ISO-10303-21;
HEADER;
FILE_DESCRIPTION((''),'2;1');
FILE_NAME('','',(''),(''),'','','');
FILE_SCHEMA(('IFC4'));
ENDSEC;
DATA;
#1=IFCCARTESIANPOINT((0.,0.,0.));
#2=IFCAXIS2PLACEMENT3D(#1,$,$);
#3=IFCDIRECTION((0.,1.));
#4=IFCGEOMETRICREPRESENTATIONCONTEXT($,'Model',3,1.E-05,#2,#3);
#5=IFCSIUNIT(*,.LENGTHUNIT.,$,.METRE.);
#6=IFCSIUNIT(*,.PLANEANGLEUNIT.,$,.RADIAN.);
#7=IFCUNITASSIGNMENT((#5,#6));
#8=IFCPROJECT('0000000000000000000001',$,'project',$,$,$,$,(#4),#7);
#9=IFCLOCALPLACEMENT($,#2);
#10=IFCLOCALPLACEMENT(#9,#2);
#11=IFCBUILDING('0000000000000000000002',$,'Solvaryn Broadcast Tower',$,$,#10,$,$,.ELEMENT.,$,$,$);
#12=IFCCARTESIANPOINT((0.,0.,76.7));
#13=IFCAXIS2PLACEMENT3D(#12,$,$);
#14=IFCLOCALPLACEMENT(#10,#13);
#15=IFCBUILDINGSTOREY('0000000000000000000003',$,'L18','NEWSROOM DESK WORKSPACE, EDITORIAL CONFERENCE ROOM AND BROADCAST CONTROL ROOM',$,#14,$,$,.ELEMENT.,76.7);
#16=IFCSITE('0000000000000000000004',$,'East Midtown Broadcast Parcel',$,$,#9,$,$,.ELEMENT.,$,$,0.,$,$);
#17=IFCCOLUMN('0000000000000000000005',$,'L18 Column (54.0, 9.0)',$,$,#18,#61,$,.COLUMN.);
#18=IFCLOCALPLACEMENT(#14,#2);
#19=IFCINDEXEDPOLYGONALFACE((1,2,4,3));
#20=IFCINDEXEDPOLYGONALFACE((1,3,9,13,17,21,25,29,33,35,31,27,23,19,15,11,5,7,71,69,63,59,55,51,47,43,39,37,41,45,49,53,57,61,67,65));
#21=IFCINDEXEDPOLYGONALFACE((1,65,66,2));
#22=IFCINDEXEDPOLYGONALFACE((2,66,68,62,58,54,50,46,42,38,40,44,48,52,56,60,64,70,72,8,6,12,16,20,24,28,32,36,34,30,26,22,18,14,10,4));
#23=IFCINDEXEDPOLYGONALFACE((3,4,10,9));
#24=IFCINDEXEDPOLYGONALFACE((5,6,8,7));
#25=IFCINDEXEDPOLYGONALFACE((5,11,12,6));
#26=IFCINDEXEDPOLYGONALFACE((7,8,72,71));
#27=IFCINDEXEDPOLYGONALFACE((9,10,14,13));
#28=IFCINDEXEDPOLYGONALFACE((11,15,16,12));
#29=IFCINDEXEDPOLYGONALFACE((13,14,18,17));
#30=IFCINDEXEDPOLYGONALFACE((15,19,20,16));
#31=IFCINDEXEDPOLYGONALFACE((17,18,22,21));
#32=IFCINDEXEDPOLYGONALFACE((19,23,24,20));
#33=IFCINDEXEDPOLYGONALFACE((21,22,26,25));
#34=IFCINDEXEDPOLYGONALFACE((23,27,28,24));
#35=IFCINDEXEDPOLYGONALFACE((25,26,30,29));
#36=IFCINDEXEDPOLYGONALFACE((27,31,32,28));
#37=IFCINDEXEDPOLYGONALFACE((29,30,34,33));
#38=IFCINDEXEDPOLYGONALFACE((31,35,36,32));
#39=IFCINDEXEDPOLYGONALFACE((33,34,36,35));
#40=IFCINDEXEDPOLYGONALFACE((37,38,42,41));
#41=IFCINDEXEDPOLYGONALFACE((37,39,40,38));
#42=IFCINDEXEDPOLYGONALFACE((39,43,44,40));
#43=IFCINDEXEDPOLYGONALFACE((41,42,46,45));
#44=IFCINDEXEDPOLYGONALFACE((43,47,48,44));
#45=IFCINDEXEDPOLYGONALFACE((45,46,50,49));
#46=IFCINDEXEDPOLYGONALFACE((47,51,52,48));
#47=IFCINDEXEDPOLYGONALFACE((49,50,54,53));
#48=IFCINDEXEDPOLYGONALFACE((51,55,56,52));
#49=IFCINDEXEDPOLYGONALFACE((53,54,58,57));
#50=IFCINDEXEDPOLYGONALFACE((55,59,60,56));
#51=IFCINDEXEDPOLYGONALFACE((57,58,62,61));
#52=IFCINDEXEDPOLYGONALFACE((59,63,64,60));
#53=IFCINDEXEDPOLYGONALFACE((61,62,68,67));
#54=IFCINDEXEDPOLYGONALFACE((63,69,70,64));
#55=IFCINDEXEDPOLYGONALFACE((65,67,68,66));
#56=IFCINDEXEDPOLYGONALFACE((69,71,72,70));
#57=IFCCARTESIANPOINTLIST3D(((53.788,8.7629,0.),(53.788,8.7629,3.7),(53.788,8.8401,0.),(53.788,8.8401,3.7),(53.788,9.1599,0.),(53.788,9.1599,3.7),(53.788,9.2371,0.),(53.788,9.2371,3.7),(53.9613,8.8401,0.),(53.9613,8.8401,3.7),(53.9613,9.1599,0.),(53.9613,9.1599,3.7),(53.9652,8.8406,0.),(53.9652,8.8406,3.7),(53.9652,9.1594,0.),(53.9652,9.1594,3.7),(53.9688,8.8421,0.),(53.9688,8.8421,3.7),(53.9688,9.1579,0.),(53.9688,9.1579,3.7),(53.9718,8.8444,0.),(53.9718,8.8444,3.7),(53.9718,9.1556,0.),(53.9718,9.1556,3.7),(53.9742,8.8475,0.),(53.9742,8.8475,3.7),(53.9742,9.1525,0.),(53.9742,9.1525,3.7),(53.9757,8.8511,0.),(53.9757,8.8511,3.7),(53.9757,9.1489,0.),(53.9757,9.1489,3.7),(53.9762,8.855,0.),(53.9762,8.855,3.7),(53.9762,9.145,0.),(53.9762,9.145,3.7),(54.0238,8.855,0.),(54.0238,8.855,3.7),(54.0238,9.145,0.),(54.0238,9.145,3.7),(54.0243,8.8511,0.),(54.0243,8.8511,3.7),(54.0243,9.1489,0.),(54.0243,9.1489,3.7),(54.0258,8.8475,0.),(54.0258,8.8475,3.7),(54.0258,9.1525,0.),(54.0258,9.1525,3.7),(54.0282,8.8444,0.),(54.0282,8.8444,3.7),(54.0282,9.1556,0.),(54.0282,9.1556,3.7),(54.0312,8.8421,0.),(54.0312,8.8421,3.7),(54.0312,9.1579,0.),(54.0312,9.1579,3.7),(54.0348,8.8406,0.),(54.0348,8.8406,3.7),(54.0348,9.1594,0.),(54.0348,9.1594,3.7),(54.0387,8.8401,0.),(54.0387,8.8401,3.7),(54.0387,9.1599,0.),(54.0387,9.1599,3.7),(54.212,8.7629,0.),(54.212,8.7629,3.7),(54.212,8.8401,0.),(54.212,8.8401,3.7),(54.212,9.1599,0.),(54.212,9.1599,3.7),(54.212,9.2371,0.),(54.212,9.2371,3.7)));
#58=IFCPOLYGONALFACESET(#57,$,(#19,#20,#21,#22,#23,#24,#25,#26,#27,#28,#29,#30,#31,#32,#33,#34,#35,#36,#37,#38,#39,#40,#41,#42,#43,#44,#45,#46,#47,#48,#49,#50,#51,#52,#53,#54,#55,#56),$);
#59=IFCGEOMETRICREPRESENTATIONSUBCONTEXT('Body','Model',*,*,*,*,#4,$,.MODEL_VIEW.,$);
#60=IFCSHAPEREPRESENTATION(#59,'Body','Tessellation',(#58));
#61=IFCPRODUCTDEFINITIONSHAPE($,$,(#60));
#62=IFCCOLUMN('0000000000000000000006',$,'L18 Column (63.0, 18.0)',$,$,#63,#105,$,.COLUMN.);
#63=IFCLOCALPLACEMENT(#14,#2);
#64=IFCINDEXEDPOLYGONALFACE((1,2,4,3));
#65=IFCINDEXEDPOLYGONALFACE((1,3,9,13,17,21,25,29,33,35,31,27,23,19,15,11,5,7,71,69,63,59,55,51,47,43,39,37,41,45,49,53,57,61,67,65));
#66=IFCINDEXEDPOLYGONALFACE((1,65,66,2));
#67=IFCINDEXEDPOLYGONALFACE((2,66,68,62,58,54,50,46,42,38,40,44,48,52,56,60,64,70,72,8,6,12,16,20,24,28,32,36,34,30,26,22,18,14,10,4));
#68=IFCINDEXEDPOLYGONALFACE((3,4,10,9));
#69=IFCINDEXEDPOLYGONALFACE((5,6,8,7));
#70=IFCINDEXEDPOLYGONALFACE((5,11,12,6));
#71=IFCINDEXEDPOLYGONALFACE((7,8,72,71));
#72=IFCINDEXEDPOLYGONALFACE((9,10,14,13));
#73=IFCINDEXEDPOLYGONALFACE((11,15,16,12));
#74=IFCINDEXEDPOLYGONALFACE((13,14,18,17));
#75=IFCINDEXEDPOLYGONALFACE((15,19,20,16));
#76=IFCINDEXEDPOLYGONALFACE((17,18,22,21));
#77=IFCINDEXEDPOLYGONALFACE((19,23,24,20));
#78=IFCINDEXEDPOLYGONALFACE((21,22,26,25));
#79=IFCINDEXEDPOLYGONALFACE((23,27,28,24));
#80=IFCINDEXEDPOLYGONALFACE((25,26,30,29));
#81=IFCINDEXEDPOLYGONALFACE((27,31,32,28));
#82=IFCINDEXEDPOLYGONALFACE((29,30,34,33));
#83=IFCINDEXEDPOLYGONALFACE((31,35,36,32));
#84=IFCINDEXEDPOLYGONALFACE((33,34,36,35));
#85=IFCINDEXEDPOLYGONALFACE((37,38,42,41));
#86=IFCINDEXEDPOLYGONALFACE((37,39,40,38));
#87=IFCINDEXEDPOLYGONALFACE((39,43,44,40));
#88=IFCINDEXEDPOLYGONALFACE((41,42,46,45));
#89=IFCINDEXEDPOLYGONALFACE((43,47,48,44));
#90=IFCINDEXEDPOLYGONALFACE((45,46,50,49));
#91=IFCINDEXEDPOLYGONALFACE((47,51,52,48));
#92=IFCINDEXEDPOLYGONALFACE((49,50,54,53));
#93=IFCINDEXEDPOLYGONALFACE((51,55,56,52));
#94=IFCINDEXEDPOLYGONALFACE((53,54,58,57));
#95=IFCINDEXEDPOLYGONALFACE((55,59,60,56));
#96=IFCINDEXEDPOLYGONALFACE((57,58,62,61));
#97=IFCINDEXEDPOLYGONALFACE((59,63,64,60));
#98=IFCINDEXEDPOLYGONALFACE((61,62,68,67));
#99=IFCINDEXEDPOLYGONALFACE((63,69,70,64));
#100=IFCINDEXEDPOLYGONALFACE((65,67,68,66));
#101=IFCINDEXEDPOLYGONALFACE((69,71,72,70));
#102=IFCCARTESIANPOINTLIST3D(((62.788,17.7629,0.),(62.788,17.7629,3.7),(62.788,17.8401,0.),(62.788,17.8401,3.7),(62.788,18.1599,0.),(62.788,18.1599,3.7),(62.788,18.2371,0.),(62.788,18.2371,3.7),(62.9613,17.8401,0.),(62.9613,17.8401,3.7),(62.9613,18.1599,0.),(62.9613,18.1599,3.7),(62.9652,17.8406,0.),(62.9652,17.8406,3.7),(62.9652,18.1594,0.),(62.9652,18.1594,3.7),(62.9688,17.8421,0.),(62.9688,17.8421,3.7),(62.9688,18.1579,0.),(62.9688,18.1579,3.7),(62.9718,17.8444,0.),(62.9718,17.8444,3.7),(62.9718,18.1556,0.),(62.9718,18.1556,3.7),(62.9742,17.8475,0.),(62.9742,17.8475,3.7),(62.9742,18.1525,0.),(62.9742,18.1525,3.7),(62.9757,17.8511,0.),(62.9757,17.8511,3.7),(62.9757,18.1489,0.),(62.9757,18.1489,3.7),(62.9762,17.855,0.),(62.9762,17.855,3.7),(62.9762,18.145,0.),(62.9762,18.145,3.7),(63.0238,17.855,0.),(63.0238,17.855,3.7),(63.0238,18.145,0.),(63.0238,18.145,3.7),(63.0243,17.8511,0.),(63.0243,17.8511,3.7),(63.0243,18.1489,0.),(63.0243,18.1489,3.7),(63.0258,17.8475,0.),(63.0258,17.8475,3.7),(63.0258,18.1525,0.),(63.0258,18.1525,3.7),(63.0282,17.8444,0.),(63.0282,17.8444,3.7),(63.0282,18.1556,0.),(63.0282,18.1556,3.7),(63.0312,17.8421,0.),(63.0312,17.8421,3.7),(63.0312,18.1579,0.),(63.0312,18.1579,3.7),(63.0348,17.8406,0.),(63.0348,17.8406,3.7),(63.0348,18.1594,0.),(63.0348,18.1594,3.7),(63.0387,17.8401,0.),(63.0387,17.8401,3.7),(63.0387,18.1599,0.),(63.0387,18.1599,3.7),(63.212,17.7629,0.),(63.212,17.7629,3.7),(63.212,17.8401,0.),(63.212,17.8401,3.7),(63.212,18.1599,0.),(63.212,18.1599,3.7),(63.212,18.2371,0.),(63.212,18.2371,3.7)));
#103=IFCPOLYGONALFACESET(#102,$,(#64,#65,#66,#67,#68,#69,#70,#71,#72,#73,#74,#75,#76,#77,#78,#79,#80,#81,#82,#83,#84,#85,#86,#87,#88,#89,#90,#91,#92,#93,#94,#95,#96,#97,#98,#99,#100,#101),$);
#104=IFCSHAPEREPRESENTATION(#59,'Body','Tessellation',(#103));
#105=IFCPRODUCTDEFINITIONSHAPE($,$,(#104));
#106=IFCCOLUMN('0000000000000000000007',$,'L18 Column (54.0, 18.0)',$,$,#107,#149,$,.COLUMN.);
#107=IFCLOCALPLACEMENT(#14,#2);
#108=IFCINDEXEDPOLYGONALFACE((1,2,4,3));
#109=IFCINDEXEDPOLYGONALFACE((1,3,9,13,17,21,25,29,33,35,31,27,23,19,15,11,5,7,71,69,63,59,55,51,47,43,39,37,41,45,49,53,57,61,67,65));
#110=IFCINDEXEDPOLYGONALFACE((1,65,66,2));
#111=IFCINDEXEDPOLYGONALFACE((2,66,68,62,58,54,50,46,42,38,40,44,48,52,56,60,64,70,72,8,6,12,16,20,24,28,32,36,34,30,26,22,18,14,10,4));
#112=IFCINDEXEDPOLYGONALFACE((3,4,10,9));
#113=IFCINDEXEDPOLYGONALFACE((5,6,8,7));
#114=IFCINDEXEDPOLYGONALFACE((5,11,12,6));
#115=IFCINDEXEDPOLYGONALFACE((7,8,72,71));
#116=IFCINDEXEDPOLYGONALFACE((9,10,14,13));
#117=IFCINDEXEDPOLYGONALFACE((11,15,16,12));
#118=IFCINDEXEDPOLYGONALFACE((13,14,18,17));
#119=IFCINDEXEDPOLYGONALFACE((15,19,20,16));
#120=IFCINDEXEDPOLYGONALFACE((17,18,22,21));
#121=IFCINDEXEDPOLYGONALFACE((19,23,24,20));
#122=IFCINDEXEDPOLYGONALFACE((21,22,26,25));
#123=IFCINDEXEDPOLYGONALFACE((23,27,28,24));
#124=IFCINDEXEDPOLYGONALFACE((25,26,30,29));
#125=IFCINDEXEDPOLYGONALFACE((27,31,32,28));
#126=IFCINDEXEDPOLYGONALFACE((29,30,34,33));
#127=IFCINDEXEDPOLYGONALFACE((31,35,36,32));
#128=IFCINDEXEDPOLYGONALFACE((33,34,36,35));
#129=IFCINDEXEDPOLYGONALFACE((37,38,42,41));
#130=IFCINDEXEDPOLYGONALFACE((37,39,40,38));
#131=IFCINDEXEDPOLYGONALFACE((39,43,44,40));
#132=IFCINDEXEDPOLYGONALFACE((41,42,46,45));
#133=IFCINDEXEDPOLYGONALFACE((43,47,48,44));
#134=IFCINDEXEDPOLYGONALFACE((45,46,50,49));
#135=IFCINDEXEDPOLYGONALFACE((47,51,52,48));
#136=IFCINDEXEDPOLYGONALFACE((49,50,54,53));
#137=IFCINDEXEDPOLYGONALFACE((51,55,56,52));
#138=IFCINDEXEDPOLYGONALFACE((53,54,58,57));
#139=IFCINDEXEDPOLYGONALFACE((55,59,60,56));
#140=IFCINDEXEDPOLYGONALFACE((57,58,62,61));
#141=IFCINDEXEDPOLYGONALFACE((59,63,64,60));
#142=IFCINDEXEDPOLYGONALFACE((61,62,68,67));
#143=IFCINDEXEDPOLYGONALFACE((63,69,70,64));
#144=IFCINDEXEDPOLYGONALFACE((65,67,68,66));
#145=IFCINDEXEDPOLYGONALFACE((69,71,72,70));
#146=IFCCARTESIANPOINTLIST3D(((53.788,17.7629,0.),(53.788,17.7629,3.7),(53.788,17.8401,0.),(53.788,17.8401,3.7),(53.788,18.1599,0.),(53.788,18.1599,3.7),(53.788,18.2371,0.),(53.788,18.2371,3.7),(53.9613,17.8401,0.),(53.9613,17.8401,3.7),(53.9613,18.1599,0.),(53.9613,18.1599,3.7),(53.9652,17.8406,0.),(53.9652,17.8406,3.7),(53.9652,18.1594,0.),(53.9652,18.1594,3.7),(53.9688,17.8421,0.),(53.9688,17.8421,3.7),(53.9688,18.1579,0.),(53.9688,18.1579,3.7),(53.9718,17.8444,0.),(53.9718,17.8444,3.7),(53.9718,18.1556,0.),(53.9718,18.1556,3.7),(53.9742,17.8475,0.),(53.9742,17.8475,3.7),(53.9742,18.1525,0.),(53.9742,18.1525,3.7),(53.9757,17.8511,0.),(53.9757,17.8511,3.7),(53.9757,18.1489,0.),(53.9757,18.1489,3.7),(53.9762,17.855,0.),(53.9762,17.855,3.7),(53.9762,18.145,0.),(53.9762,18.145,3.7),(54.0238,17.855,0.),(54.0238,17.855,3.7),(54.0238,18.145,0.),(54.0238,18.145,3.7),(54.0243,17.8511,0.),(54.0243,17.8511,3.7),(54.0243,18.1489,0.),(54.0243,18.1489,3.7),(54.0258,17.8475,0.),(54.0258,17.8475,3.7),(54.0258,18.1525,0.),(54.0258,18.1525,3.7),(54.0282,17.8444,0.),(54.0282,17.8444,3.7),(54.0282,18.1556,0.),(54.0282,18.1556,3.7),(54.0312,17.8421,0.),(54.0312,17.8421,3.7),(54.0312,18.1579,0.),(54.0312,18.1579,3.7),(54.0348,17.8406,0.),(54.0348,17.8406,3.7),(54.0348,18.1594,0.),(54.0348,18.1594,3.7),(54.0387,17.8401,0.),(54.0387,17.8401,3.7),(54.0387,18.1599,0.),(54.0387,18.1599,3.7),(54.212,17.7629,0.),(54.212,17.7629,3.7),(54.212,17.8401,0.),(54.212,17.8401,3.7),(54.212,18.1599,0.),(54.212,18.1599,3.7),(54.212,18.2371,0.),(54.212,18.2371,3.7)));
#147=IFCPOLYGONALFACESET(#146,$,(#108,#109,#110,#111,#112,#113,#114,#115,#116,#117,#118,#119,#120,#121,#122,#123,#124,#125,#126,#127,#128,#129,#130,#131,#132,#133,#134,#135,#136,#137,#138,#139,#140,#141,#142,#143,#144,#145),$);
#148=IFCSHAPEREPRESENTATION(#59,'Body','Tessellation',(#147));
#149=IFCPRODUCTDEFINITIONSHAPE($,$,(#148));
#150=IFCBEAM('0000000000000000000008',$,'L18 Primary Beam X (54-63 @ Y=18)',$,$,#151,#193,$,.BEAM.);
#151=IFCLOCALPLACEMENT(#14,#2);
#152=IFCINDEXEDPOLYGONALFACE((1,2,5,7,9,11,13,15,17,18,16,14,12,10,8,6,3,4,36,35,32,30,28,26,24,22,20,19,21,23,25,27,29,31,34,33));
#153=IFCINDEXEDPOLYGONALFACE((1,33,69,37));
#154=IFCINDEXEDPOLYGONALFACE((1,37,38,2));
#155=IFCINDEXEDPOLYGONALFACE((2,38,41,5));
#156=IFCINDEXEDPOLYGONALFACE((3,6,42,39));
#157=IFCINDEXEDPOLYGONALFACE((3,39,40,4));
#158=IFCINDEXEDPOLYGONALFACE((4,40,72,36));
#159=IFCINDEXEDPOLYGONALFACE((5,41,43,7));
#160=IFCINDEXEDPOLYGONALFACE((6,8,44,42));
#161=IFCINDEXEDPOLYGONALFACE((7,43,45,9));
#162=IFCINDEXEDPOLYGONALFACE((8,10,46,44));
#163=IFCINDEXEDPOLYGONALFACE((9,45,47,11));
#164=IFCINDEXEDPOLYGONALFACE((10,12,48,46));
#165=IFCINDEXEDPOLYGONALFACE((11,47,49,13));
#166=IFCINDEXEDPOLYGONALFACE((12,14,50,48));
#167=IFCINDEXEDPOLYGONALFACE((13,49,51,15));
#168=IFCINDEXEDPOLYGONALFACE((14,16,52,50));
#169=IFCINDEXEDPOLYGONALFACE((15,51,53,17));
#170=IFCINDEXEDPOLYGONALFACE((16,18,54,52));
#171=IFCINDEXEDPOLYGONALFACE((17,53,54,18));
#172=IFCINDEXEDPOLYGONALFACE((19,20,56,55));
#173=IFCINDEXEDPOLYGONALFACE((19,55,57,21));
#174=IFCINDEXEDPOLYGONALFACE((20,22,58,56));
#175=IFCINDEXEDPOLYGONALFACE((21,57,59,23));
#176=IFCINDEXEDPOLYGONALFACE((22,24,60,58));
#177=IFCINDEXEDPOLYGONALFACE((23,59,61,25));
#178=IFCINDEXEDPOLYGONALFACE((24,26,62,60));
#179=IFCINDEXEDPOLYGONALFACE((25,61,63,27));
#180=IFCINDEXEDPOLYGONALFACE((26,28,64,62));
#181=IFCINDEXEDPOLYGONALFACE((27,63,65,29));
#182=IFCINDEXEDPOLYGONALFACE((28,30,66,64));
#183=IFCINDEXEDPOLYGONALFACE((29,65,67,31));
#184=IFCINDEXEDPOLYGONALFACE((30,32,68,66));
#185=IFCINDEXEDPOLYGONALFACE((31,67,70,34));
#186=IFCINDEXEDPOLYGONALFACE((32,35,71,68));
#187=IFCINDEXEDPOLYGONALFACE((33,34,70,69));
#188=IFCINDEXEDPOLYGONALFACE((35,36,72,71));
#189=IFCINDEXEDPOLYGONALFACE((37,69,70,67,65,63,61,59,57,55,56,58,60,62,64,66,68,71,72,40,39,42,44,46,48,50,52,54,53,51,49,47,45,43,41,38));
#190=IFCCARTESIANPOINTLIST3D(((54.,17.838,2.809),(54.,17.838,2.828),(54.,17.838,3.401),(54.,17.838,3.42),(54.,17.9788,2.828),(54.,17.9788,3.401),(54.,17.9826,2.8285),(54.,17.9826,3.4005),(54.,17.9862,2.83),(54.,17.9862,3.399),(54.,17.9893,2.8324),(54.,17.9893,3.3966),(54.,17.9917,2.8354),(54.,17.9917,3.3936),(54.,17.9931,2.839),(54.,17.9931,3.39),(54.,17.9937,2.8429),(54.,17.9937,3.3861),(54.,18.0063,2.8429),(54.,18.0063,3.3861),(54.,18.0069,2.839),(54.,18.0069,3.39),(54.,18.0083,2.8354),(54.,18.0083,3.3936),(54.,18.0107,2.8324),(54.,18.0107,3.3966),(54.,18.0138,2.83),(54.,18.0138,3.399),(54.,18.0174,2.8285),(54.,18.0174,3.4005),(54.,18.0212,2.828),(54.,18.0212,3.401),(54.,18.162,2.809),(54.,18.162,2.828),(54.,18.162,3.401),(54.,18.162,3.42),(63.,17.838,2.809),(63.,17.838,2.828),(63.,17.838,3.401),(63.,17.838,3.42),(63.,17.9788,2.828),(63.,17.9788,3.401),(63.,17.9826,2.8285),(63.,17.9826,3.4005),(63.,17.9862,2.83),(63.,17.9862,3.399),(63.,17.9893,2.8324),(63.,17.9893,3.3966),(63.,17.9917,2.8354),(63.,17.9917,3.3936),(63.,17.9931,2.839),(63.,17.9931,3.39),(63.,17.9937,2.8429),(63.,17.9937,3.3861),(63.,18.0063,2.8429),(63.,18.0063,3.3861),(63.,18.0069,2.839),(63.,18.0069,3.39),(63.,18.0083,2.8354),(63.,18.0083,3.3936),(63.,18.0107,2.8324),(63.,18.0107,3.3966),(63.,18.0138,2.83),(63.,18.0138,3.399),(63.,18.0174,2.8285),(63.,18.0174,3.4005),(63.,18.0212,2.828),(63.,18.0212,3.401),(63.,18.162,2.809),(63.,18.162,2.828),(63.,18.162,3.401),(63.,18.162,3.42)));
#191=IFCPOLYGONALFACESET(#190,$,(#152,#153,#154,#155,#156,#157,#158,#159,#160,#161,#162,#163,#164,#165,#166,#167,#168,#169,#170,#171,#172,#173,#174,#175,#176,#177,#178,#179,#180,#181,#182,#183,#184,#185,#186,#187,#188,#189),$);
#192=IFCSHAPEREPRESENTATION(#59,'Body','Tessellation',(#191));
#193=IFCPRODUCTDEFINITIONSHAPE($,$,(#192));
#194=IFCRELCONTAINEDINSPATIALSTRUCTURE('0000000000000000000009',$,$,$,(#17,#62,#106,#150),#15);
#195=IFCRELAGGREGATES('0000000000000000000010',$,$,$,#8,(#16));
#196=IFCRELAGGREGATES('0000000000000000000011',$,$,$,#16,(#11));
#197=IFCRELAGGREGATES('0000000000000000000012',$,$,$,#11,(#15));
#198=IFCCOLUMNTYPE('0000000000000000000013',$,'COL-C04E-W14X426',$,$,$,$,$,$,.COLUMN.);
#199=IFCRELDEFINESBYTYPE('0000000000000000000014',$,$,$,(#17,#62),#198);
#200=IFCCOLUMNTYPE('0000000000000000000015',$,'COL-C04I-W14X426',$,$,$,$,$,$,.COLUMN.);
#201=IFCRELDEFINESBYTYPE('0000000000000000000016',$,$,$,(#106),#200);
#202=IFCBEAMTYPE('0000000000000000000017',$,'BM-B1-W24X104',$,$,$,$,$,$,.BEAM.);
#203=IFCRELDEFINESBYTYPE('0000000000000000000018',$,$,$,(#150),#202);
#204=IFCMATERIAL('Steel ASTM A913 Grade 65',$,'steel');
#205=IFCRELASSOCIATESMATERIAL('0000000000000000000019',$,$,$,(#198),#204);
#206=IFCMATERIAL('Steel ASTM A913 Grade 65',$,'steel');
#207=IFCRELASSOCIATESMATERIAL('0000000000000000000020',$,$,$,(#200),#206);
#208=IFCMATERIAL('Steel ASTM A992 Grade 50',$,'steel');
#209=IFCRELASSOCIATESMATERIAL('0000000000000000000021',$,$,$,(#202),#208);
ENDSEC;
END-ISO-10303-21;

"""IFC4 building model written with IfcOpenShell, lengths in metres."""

from ifc_helpers import new_model, si_unit, direction, frame, origin, origin_2d, place, context, subcontext, project, spatial, i_section, extrude, material, material_profile, profile_set, type_object, element, save


model = new_model("IFC4")

# Units and contexts
model_context = context("Model", 3, precision=1e-05, world=origin(), true_north=direction((0.0, 1.0)))
body_context = subcontext(model_context, "Body", "Model", "MODEL_VIEW")
ifc_project = project(units=[si_unit("LENGTHUNIT", "METRE"), si_unit("PLANEANGLEUNIT", "RADIAN")], contexts=[model_context])

# Site, building, storey
site_placement = place(None, origin())
site = spatial("IfcSite", under=ifc_project, at=site_placement, Name="East Midtown Broadcast Parcel", CompositionType="ELEMENT", RefElevation=0.0)
building_placement = place(site_placement, origin())
building = spatial("IfcBuilding", under=site, at=building_placement, Name="Solvaryn Broadcast Tower", CompositionType="ELEMENT")
storey_placement = place(building_placement, frame((0.0, 0.0, 76.7)))
storey = spatial("IfcBuildingStorey", under=building, at=storey_placement, Name="L18", Description="NEWSROOM DESK WORKSPACE, EDITORIAL CONFERENCE ROOM AND BROADCAST CONTROL ROOM", CompositionType="ELEMENT", Elevation=76.7)

# Columns
ifc_material_1 = material(Name="Steel ASTM A913 Grade 65", Category="steel")
ifc_material_profile_1 = material_profile(ifc_material_1, i_section(OverallWidth=0.4241, OverallDepth=0.4741, WebThickness=0.0476, FlangeThickness=0.0771, FilletRadius=0.0149, at=origin_2d()))
ifc_profile_set_1 = profile_set([ifc_material_profile_1], Name="Steel ASTM A913 Grade 65")
column_type_1 = type_object("IfcColumnType", Name="COL-C04E-W14X426", PredefinedType="COLUMN", material=ifc_profile_set_1)
for number, where, z_axis, x_axis, name in (
    (1, (54.0, 9.0, 0.0), (0.0, 0.0, 1.0), (1.0, 0.0, 0.0), "L18 Column (54.0, 9.0)"),
    (2, (63.0, 18.0, 0.0), (0.0, 0.0, 1.0), (1.0, 0.0, 0.0), "L18 Column (63.0, 18.0)"),
):
    element("IfcColumn", number, at=place(storey_placement, frame(where, z_axis=z_axis, x_axis=x_axis)), inside=storey, type_object=column_type_1, Name=name, PredefinedType="COLUMN", context=body_context, shape_type="SweptSolid", body=[
        extrude(i_section(OverallWidth=0.4241, OverallDepth=0.4741, WebThickness=0.0476, FlangeThickness=0.0771, FilletRadius=0.0149, at=origin_2d()), origin(), (0.0, 0.0, 1.0), 3.7),
    ])
ifc_material_2 = material(Name="Steel ASTM A913 Grade 65", Category="steel")
ifc_material_profile_2 = material_profile(ifc_material_2, i_section(OverallWidth=0.4241, OverallDepth=0.4741, WebThickness=0.0476, FlangeThickness=0.0771, FilletRadius=0.0149, at=origin_2d()))
ifc_profile_set_2 = profile_set([ifc_material_profile_2], Name="Steel ASTM A913 Grade 65")
column_type_2 = type_object("IfcColumnType", Name="COL-C04I-W14X426", PredefinedType="COLUMN", material=ifc_profile_set_2)
column_placement = place(storey_placement, frame((54.0, 18.0, 0.0), z_axis=(0.0, 0.0, 1.0), x_axis=(1.0, 0.0, 0.0)))
element("IfcColumn", 3, at=column_placement, inside=storey, type_object=column_type_2, Name="L18 Column (54.0, 18.0)", PredefinedType="COLUMN", context=body_context, shape_type="SweptSolid", body=[
    extrude(i_section(OverallWidth=0.4241, OverallDepth=0.4741, WebThickness=0.0476, FlangeThickness=0.0771, FilletRadius=0.0149, at=origin_2d()), origin(), (0.0, 0.0, 1.0), 3.7),
])

# Beam
ifc_material_3 = material(Name="Steel ASTM A992 Grade 50", Category="steel")
ifc_material_profile_3 = material_profile(ifc_material_3, i_section(OverallWidth=0.324, OverallDepth=0.6111, WebThickness=0.0127, FlangeThickness=0.019, FilletRadius=0.0149, at=origin_2d()))
ifc_profile_set_3 = profile_set([ifc_material_profile_3], Name="Steel ASTM A992 Grade 50")
beam_type = type_object("IfcBeamType", Name="BM-B1-W24X104", PredefinedType="BEAM", material=ifc_profile_set_3)
beam_placement = place(storey_placement, frame((54.0, 18.0, 3.1145), z_axis=(1.0, 0.0, 0.0), x_axis=(0.0, 1.0, 0.0)))
element("IfcBeam", 4, at=beam_placement, inside=storey, type_object=beam_type, Name="L18 Primary Beam X (54-63 @ Y=18)", PredefinedType="BEAM", context=body_context, shape_type="SweptSolid", body=[
    extrude(i_section(OverallWidth=0.324, OverallDepth=0.6111, WebThickness=0.0127, FlangeThickness=0.019, FilletRadius=0.0149, at=origin_2d()), origin(), (0.0, 0.0, 1.0), 9.0),
])

save(model, "model.ifc")
